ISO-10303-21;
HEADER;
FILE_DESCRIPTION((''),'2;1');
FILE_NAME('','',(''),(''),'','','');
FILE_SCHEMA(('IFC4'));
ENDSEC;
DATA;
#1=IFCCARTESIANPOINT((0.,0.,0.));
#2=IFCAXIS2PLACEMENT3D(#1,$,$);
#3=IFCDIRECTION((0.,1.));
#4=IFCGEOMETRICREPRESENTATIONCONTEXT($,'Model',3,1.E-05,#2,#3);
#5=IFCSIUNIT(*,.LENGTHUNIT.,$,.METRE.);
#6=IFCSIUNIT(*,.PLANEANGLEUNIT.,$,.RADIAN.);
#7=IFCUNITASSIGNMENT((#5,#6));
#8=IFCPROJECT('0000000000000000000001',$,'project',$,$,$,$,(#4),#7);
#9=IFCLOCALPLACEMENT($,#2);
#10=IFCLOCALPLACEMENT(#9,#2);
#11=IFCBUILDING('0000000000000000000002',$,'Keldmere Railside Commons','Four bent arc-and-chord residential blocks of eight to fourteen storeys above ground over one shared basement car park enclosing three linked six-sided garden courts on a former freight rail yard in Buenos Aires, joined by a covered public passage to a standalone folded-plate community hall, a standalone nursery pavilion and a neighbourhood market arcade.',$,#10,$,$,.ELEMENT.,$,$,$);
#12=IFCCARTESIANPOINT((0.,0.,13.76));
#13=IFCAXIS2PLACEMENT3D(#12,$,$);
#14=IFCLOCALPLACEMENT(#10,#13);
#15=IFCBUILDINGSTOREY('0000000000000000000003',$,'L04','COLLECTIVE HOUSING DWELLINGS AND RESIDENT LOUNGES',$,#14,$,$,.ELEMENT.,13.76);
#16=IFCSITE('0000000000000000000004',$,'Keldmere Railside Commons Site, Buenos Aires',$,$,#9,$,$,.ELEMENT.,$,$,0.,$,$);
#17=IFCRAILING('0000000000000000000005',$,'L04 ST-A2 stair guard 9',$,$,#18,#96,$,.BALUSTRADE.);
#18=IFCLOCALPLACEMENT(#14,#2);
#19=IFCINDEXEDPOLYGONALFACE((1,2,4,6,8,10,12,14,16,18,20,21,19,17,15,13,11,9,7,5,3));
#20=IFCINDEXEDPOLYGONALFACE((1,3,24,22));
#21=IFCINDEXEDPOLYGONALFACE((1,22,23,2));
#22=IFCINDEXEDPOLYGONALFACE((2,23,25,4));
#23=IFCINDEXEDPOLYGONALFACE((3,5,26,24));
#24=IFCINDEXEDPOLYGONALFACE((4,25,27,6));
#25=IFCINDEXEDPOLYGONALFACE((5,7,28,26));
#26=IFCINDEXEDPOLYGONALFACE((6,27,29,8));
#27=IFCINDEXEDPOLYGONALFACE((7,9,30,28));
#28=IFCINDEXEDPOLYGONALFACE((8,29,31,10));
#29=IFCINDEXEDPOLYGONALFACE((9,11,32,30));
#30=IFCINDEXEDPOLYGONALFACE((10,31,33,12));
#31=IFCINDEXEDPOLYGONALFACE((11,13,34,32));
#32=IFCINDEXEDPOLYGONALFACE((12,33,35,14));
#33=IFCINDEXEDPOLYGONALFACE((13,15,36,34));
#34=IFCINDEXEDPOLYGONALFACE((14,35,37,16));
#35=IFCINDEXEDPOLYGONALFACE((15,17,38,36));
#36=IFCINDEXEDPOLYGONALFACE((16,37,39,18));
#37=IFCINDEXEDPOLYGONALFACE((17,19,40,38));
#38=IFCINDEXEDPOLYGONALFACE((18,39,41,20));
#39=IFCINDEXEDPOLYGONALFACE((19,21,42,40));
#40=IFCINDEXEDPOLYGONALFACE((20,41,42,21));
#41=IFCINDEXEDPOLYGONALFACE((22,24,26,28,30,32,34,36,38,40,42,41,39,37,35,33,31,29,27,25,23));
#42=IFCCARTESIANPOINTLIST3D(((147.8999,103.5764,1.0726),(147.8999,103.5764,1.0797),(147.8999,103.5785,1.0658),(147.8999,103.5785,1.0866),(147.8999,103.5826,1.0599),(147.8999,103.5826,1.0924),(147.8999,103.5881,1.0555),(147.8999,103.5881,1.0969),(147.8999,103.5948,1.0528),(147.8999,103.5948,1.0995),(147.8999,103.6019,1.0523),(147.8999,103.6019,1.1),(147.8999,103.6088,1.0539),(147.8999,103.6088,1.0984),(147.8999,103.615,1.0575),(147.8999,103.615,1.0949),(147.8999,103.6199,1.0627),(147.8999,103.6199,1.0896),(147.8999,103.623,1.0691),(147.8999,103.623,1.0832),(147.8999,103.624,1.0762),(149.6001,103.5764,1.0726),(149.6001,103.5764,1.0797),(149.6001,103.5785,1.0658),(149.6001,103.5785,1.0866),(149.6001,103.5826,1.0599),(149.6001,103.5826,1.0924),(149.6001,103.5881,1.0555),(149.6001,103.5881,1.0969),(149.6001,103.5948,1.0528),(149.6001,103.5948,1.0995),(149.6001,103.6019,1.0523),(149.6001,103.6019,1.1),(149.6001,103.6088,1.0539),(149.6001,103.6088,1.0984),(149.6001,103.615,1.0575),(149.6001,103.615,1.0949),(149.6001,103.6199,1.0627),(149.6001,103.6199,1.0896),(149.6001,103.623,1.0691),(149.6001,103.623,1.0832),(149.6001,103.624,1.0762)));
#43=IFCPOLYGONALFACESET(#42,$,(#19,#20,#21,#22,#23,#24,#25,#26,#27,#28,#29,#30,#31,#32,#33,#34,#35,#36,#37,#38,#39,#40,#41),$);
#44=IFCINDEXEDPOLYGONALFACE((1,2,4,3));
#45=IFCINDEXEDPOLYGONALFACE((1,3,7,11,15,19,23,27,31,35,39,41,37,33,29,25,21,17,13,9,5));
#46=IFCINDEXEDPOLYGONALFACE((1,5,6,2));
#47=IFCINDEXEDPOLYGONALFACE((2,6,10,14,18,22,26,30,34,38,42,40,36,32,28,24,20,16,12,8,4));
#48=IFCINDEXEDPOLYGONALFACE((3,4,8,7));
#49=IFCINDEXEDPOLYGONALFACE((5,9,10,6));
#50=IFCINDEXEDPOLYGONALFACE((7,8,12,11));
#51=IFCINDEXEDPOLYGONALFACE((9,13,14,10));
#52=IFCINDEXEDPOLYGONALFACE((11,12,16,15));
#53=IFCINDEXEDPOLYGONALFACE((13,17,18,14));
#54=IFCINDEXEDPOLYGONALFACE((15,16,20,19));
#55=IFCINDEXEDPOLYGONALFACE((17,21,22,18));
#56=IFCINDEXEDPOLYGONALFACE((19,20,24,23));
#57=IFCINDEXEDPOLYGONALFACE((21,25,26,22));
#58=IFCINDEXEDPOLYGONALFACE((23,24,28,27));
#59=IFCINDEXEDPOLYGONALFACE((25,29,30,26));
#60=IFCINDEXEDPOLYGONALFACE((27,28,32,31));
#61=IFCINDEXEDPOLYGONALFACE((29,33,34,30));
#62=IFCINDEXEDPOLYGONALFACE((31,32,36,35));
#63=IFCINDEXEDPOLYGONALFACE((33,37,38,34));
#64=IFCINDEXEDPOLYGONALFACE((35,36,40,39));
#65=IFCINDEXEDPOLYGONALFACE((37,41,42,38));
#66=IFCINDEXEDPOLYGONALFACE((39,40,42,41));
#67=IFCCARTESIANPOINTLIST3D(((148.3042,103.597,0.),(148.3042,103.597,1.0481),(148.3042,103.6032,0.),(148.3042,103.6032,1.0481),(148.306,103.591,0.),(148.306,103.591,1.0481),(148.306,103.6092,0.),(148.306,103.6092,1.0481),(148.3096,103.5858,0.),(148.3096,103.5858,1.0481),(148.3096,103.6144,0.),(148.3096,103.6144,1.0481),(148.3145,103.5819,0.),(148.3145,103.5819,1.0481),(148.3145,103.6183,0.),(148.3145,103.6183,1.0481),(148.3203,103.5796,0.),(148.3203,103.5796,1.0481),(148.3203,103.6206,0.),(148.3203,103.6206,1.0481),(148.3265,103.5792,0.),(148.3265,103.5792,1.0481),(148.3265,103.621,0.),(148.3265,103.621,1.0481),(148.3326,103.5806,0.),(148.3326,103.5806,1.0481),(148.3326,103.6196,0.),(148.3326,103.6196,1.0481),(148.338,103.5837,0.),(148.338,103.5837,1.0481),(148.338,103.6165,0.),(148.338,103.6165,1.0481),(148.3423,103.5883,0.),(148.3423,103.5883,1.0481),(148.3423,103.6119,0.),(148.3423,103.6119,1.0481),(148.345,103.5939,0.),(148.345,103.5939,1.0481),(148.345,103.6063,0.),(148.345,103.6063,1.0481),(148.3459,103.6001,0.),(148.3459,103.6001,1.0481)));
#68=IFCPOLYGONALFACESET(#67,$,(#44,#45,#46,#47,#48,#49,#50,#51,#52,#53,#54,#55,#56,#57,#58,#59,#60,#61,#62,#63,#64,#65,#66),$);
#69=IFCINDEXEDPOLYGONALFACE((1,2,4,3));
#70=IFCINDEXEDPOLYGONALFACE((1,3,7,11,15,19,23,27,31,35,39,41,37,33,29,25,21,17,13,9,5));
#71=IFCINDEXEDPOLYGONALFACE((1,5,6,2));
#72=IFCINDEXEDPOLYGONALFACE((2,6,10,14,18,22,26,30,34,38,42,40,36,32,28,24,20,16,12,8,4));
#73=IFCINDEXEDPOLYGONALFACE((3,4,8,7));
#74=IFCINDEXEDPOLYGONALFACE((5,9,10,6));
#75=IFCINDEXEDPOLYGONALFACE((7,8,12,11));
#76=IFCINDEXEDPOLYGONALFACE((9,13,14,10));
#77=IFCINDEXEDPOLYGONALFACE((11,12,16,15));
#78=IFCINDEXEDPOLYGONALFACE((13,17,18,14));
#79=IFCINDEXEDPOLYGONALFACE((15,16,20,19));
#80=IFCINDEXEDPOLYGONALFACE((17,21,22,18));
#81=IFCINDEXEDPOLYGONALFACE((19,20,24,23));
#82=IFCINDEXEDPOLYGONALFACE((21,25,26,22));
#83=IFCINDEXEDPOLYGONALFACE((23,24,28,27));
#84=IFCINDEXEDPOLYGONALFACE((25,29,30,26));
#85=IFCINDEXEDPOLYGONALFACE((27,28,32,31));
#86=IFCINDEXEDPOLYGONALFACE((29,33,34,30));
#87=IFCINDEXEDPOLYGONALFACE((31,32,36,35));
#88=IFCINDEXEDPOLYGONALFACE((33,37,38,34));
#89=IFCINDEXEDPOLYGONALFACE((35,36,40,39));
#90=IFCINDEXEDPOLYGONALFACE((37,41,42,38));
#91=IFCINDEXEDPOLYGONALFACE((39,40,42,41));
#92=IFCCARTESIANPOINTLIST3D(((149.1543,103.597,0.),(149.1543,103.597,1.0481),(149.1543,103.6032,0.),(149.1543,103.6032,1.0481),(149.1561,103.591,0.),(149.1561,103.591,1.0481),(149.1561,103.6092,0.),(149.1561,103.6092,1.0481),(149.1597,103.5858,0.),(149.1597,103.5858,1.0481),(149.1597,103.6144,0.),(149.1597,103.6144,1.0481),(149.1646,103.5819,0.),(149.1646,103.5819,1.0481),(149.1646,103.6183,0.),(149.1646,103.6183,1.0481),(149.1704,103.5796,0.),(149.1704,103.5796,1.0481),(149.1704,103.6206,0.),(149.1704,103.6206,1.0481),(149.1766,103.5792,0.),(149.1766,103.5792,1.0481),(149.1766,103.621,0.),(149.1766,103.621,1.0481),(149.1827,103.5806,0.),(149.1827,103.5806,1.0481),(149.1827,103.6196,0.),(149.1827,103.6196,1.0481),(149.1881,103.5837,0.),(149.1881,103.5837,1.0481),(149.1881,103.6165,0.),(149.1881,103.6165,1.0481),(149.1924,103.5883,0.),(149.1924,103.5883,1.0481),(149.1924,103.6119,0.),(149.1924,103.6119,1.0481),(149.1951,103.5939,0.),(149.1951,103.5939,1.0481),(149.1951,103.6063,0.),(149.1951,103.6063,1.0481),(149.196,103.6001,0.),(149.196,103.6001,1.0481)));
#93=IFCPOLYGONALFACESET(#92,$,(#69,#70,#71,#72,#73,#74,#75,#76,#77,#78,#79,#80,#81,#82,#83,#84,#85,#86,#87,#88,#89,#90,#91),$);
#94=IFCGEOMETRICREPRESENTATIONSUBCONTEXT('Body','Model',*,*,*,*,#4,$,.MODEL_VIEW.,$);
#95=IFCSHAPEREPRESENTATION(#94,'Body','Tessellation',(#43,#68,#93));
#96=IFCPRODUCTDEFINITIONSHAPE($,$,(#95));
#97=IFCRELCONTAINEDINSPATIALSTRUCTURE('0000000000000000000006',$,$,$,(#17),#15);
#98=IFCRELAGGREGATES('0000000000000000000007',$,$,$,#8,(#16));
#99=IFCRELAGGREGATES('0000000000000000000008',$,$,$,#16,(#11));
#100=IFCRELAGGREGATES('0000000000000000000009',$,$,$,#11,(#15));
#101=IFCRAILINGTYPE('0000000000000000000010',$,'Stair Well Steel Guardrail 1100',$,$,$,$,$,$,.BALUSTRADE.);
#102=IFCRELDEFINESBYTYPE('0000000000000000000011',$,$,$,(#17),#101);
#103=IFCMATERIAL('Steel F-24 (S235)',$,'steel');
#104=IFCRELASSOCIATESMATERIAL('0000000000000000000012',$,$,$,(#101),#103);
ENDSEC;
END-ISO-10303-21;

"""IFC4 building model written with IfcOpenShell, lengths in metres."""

from ifc_helpers import new_model, si_unit, direction, frame, origin, origin_2d, place, context, subcontext, project, spatial, circle, extrude, material, type_object, element, save


model = new_model("IFC4")

# Units and contexts
model_context = context("Model", 3, precision=1e-05, world=origin(), true_north=direction((0.0, 1.0)))
body_context = subcontext(model_context, "Body", "Model", "MODEL_VIEW")
ifc_project = project(units=[si_unit("LENGTHUNIT", "METRE"), si_unit("PLANEANGLEUNIT", "RADIAN")], contexts=[model_context])

# Site, building, storey
site_placement = place(None, origin())
site = spatial("IfcSite", under=ifc_project, at=site_placement, Name="Keldmere Railside Commons Site, Buenos Aires", CompositionType="ELEMENT", RefElevation=0.0)
building_placement = place(site_placement, origin())
building = spatial("IfcBuilding", under=site, at=building_placement, Name="Keldmere Railside Commons", Description="Four bent arc-and-chord residential blocks of eight to fourteen storeys above ground over one shared basement car park enclosing three linked six-sided garden courts on a former freight rail yard in Buenos Aires, joined by a covered public passage to a standalone folded-plate community hall, a standalone nursery pavilion and a neighbourhood market arcade.", CompositionType="ELEMENT")
storey_placement = place(building_placement, frame((0.0, 0.0, 13.76)))
storey = spatial("IfcBuildingStorey", under=building, at=storey_placement, Name="L04", Description="COLLECTIVE HOUSING DWELLINGS AND RESIDENT LOUNGES", CompositionType="ELEMENT", Elevation=13.76)

# Shared definitions
ifc_material_1 = material(Name="Steel F-24 (S235)", Category="steel")

# Railing
railing_type_1 = type_object("IfcRailingType", Name="Stair Well Steel Guardrail 1100", PredefinedType="BALUSTRADE", material=ifc_material_1)
for number, where, name in (
    (1, (147.8999, 103.6001, 0.0), "L04 ST-A2 stair guard 9"),
):
    element("IfcRailing", number, at=place(storey_placement, frame(where)), inside=storey, type_object=railing_type_1, Name=name, PredefinedType="BALUSTRADE", context=body_context, shape_type="SweptSolid", body=[
        extrude(circle(Radius=0.0239, at=origin_2d()), frame((0.0, 0.0, 1.0762), z_axis=(1.0, 0.0, 0.0), x_axis=(0.0, 1.0, 0.0)), (0.0, 0.0, 1.0), 1.7002),
        extrude(circle(Radius=0.021, at=origin_2d()), frame((0.425, 0.0, 0.0)), (0.0, 0.0, 1.0), 1.0481),
        extrude(circle(Radius=0.021, at=origin_2d()), frame((1.2751, 0.0, 0.0)), (0.0, 0.0, 1.0), 1.0481),
    ])

save(model, "model.ifc")
